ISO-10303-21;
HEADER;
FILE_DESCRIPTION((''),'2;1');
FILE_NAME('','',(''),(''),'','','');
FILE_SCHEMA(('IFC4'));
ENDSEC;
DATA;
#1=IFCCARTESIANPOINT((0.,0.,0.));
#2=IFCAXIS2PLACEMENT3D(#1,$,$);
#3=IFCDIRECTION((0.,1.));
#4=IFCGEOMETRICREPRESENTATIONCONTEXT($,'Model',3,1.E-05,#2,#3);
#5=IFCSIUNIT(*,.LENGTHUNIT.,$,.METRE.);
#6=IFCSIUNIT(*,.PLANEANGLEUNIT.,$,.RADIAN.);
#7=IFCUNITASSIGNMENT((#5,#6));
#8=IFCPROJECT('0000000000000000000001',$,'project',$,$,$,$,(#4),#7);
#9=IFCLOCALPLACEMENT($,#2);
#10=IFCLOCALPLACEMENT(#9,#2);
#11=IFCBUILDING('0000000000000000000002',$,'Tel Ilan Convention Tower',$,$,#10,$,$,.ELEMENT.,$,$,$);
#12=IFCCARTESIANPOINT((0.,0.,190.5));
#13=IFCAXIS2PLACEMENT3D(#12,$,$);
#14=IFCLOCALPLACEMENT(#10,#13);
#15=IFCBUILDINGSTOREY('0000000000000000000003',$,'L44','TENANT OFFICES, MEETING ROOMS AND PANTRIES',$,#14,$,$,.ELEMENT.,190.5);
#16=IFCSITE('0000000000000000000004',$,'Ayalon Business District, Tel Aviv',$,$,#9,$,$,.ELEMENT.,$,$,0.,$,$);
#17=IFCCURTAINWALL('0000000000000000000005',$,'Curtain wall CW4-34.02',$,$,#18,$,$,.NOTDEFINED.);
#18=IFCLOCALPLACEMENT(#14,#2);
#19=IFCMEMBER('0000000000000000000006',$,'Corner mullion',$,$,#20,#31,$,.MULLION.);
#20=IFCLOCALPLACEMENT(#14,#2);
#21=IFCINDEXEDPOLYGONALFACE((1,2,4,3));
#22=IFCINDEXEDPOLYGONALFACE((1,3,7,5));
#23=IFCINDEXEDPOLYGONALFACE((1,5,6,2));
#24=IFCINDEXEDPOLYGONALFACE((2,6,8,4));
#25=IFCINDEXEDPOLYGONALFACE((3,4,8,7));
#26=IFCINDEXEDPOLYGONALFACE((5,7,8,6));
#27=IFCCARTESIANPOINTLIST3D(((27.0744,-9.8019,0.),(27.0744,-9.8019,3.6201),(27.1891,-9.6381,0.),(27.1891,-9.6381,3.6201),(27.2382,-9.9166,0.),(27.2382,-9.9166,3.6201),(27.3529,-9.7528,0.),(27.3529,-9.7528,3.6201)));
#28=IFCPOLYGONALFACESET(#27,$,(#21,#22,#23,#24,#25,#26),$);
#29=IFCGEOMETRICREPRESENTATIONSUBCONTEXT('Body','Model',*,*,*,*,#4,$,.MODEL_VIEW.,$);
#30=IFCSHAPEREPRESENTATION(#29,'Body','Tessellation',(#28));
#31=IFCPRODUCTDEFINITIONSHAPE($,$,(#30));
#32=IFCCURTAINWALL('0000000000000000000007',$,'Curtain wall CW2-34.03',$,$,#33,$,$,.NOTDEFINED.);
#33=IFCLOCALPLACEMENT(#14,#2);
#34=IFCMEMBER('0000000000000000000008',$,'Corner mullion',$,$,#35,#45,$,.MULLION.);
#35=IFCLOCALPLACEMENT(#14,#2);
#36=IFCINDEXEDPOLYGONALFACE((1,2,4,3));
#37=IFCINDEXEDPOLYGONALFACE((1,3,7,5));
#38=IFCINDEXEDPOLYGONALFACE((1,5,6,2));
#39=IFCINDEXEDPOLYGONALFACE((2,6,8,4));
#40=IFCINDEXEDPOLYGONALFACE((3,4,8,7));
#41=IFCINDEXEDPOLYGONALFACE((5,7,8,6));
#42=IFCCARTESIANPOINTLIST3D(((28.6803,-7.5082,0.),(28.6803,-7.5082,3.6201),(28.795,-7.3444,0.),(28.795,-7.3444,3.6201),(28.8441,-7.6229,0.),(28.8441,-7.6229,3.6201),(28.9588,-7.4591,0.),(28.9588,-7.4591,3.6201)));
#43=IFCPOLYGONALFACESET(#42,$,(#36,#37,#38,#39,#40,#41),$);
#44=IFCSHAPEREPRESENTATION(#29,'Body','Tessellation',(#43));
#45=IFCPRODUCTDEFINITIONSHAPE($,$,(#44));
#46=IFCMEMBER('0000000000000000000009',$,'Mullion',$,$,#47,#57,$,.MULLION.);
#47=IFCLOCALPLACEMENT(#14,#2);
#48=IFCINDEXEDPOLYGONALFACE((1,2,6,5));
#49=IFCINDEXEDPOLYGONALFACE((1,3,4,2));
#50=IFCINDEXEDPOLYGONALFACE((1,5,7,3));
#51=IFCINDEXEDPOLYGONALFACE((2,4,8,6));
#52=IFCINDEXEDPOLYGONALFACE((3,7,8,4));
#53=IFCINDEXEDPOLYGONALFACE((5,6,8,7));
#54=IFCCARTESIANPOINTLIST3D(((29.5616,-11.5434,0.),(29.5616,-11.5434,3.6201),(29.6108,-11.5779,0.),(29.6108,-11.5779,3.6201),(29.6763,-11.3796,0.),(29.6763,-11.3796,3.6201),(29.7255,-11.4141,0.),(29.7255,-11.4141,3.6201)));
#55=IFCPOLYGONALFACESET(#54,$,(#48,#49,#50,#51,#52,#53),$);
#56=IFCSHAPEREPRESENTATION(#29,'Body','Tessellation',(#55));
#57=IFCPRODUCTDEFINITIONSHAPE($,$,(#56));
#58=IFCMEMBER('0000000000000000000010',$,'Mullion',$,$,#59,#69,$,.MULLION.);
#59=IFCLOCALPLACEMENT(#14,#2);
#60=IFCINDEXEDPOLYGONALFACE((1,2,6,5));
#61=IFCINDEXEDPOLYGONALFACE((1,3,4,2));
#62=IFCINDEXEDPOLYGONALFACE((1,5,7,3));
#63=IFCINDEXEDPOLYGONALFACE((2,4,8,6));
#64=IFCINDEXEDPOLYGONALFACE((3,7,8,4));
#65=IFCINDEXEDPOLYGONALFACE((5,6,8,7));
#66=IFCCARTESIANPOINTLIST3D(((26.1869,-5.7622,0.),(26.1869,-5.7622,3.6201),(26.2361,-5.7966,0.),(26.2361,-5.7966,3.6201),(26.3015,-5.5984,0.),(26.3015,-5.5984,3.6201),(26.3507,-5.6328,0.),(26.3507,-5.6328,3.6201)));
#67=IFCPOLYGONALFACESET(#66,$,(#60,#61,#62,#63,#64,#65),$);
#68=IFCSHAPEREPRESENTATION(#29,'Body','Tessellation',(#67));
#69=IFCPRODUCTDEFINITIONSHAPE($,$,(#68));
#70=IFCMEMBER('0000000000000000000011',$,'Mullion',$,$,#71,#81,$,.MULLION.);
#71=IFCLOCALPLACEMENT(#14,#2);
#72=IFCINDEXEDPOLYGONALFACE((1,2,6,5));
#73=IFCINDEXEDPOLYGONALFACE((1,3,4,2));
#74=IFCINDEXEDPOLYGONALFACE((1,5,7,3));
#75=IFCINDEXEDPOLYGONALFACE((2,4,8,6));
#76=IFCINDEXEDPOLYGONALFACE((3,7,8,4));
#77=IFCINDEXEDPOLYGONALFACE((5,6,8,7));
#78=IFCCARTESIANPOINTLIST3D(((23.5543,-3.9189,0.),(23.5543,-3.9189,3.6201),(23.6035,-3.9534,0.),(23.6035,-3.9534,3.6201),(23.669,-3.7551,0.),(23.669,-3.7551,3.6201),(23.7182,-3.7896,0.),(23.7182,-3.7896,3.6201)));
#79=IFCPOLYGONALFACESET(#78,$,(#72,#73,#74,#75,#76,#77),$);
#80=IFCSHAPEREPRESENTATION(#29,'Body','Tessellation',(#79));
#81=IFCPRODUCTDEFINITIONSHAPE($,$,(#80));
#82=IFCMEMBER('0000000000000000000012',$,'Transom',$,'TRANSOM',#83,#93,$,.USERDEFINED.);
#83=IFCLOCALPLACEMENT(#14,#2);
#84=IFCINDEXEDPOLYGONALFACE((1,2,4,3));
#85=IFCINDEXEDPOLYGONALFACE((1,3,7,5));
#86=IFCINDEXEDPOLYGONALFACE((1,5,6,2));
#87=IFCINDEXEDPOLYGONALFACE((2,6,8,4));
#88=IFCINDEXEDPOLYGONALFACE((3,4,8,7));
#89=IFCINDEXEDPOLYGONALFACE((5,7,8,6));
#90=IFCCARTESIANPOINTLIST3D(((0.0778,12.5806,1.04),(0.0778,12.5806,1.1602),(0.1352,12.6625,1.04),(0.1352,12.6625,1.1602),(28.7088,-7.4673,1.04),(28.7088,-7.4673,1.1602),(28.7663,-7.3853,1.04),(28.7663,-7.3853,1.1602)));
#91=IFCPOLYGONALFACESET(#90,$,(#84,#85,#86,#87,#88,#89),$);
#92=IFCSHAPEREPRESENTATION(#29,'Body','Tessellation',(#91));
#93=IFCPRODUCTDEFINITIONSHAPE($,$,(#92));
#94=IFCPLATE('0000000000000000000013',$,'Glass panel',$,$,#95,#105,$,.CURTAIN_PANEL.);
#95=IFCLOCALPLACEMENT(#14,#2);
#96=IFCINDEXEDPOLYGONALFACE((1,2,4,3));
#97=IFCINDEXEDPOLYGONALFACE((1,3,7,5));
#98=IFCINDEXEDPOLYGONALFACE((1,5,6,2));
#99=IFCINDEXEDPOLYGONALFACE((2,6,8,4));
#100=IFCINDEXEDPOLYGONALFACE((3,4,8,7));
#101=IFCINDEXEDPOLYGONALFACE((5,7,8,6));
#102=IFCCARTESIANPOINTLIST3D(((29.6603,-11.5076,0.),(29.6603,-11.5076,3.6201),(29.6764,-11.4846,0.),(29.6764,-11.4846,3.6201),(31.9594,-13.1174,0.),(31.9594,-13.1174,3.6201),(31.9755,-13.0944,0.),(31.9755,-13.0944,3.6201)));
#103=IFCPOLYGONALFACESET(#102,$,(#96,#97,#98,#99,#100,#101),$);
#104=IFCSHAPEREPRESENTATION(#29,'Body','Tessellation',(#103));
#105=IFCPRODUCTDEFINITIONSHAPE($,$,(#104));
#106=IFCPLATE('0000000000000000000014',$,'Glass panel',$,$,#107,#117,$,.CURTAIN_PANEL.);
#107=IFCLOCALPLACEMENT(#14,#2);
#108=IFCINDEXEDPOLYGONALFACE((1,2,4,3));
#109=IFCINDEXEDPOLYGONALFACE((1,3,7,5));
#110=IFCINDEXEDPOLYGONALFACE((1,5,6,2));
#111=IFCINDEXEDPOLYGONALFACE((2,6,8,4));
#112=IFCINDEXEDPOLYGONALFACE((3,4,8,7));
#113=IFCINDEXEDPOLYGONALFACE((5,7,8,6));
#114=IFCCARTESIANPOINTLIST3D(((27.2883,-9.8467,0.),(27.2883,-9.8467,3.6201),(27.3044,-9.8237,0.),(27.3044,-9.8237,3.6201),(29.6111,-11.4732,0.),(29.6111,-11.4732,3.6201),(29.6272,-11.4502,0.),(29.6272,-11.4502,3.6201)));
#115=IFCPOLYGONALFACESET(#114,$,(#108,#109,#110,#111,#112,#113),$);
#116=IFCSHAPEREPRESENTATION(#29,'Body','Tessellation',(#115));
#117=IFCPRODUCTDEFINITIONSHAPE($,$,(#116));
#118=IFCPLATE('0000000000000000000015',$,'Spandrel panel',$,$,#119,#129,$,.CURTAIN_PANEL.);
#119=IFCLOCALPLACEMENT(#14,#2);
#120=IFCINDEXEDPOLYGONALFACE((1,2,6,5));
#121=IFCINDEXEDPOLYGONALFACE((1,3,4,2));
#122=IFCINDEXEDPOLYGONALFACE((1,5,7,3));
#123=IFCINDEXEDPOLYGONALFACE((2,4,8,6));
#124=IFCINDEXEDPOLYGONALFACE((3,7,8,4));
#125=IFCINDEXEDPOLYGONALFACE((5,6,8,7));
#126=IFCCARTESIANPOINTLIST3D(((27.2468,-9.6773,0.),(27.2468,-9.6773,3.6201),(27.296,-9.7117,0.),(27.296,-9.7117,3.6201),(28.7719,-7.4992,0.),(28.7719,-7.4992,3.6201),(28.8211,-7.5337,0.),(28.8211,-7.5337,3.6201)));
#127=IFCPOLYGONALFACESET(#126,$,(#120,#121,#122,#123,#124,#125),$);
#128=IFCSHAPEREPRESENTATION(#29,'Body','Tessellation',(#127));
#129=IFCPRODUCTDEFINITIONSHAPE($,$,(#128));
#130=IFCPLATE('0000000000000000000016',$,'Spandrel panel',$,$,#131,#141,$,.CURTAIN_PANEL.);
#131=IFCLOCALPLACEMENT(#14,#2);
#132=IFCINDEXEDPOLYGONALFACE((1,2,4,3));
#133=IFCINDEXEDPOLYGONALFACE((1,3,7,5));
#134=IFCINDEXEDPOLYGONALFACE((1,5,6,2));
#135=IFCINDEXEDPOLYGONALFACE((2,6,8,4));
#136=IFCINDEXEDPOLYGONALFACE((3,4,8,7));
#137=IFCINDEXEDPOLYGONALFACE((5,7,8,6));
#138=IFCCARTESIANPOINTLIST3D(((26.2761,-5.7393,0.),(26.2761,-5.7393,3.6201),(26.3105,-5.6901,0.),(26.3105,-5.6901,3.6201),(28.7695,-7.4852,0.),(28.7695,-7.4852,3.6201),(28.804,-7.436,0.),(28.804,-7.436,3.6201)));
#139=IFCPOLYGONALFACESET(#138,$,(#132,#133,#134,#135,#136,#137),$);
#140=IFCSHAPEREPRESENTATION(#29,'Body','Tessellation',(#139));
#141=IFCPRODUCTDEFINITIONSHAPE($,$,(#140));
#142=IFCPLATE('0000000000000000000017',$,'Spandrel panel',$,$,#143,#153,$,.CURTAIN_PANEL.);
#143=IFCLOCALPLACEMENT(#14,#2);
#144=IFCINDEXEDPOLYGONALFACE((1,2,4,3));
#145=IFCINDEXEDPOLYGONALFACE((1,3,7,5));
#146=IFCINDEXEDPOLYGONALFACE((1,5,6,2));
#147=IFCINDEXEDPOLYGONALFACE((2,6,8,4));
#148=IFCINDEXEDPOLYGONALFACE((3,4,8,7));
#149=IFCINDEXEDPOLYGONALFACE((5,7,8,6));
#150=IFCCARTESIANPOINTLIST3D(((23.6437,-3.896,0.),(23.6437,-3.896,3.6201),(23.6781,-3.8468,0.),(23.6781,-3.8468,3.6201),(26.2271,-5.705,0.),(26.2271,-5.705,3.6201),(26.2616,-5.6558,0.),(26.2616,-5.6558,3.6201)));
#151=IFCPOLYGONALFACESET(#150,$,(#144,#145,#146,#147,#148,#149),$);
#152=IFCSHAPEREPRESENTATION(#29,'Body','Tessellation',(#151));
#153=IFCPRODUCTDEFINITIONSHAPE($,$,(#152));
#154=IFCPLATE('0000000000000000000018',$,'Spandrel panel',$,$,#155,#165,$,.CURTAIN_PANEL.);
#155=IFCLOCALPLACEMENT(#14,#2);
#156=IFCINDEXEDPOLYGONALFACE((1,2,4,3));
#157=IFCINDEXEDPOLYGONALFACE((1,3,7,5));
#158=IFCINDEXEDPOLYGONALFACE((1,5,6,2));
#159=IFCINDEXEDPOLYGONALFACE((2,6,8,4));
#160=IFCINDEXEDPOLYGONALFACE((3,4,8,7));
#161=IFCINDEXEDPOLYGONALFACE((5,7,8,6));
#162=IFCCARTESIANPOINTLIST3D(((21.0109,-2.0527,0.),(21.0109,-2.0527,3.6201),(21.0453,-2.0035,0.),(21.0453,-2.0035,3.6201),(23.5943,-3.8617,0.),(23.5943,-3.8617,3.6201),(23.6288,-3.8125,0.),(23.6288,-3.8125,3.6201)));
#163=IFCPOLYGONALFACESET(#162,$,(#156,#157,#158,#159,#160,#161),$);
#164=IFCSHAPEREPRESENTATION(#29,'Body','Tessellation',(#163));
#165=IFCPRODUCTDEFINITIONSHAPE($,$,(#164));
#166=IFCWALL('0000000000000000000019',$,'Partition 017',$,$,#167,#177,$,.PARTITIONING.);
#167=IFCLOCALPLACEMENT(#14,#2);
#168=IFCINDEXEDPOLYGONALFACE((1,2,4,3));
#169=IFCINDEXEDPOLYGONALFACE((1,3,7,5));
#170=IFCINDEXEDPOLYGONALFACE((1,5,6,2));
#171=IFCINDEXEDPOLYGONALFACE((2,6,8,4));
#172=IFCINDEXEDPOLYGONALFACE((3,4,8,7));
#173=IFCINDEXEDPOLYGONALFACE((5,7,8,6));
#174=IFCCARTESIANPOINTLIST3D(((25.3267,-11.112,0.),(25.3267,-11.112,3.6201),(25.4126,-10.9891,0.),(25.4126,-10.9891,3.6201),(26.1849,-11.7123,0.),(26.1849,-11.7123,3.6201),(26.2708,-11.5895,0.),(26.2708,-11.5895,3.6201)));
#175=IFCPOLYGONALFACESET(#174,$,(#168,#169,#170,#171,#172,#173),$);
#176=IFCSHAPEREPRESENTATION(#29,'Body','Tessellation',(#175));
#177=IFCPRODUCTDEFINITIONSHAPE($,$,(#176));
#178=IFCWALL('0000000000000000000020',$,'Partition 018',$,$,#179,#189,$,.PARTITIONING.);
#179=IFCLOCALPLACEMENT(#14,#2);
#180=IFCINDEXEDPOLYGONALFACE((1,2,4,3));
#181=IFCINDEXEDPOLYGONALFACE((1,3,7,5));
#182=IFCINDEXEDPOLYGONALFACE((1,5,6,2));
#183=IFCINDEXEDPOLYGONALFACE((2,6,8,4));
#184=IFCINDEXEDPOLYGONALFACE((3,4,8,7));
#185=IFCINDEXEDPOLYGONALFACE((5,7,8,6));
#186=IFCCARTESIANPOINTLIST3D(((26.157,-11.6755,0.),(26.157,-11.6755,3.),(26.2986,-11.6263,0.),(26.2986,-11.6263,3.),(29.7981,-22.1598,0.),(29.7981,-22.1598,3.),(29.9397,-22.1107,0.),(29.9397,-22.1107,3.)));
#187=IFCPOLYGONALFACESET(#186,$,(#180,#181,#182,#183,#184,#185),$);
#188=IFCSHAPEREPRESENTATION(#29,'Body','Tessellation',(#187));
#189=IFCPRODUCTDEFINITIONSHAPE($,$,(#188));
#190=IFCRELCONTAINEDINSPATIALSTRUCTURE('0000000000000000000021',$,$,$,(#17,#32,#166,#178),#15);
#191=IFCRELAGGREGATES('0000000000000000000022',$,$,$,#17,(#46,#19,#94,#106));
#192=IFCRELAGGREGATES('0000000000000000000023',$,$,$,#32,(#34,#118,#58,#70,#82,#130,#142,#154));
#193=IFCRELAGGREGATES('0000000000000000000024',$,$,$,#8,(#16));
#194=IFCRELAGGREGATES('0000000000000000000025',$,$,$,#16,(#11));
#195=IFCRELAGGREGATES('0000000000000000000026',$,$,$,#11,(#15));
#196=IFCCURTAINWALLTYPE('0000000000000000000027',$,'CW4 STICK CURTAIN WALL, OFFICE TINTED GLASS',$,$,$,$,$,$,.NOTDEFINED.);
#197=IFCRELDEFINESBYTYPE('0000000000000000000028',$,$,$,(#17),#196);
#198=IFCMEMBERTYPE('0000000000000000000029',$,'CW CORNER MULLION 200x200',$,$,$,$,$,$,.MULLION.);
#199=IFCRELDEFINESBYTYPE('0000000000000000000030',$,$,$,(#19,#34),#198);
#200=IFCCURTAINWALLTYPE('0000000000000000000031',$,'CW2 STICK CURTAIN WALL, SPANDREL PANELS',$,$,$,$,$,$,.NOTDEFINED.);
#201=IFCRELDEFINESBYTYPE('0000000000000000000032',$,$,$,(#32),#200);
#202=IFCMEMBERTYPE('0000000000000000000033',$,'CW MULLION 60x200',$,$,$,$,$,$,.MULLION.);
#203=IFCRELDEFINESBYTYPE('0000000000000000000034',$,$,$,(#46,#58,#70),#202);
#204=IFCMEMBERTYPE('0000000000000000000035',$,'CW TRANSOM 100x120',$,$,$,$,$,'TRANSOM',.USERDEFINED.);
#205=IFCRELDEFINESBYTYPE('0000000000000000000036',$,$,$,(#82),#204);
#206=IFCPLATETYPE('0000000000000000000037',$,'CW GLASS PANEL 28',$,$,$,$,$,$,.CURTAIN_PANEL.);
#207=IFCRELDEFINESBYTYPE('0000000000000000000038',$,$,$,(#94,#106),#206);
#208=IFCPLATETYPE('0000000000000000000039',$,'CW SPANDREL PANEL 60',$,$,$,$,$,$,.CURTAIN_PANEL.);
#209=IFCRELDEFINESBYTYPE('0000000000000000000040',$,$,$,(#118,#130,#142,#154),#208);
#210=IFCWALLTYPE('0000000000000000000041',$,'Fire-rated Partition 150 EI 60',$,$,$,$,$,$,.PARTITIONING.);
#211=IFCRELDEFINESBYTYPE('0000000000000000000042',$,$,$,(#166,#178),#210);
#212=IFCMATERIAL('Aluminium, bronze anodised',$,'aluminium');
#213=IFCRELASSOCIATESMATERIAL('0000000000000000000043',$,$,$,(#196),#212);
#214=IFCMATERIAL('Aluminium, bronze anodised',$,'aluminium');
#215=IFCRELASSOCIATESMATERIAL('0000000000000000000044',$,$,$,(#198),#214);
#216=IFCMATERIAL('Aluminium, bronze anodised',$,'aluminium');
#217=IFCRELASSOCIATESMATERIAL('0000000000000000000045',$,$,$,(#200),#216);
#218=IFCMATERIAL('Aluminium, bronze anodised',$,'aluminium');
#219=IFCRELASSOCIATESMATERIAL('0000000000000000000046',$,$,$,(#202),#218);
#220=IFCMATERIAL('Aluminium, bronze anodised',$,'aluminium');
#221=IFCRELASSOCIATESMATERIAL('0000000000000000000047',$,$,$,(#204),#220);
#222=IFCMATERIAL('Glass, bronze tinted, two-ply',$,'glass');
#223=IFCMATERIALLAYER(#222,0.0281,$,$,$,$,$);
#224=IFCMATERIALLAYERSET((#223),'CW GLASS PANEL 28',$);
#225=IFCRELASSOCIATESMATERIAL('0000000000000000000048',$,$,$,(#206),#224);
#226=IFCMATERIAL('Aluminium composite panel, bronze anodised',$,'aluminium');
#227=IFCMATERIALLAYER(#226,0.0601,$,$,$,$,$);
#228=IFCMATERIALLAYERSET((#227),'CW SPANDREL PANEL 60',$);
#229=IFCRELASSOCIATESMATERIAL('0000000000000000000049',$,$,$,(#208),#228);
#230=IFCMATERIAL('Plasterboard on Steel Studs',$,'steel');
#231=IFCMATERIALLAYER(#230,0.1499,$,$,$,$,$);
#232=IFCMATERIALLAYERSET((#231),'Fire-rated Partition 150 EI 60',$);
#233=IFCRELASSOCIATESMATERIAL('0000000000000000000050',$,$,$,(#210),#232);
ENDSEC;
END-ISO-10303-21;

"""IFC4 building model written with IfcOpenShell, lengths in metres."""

from ifc_helpers import new_model, si_unit, direction, frame, frame_2d, origin, origin_2d, place, context, subcontext, project, spatial, rectangle, extrude, material, layer, layer_set, material_profile, profile_set, type_object, element, aggregate, save


model = new_model("IFC4")

# Units and contexts
model_context = context("Model", 3, precision=1e-05, world=origin(), true_north=direction((0.0, 1.0)))
body_context = subcontext(model_context, "Body", "Model", "MODEL_VIEW")
ifc_project = project(units=[si_unit("LENGTHUNIT", "METRE"), si_unit("PLANEANGLEUNIT", "RADIAN")], contexts=[model_context])

# Site, building, storey
site_placement = place(None, origin())
site = spatial("IfcSite", under=ifc_project, at=site_placement, Name="Ayalon Business District, Tel Aviv", CompositionType="ELEMENT", RefElevation=0.0)
building_placement = place(site_placement, origin())
building = spatial("IfcBuilding", under=site, at=building_placement, Name="Tel Ilan Convention Tower", CompositionType="ELEMENT")
storey_placement = place(building_placement, frame((0.0, 0.0, 190.5)))
storey = spatial("IfcBuildingStorey", under=building, at=storey_placement, Name="L44", Description="TENANT OFFICES, MEETING ROOMS AND PANTRIES", CompositionType="ELEMENT", Elevation=190.5)

# Curtain walls, members
ifc_material_1 = material(Name="Aluminium, bronze anodised", Category="aluminium")
curtain_wall_type_1 = type_object("IfcCurtainWallType", Name="CW4 STICK CURTAIN WALL, OFFICE TINTED GLASS", PredefinedType="NOTDEFINED", material=ifc_material_1)
curtain_wall_1_placement = place(storey_placement, origin())
curtain_wall_1 = element("IfcCurtainWall", 1, at=curtain_wall_1_placement, inside=storey, type_object=curtain_wall_type_1, Name="Curtain wall CW4-34.02", PredefinedType="NOTDEFINED")
ifc_material_2 = material(Name="Aluminium, bronze anodised", Category="aluminium")
ifc_material_profile_1 = material_profile(ifc_material_2, rectangle(XDim=0.2, YDim=0.2, at=origin_2d()), Name="CW CORNER MULLION 200x200")
ifc_profile_set_1 = profile_set([ifc_material_profile_1], Name="Aluminium, bronze anodised")
member_type_1 = type_object("IfcMemberType", Name="CW CORNER MULLION 200x200", PredefinedType="MULLION", material=ifc_profile_set_1)
member_1_placement = place(storey_placement, frame((27.2136, -9.7773, 0.0), z_axis=(0.0, 0.0, 1.0), x_axis=(-0.819152, 0.573576, 0.0)))
member_1 = element("IfcMember", 2, at=member_1_placement, type_object=member_type_1, Name="Corner mullion", PredefinedType="MULLION", context=body_context, shape_type="SweptSolid", body=[
    extrude(rectangle(XDim=0.2, YDim=0.2, at=origin_2d()), origin(), (0.0, 0.0, 1.0), 3.6201),
])
ifc_material_3 = material(Name="Aluminium, bronze anodised", Category="aluminium")
curtain_wall_type_2 = type_object("IfcCurtainWallType", Name="CW2 STICK CURTAIN WALL, SPANDREL PANELS", PredefinedType="NOTDEFINED", material=ifc_material_3)
curtain_wall_2_placement = place(storey_placement, origin())
curtain_wall_2 = element("IfcCurtainWall", 3, at=curtain_wall_2_placement, inside=storey, type_object=curtain_wall_type_2, Name="Curtain wall CW2-34.03", PredefinedType="NOTDEFINED")
member_2_placement = place(storey_placement, frame((28.8196, -7.4836, 0.0), z_axis=(0.0, 0.0, 1.0), x_axis=(0.573576, 0.819152, 0.0)))
member_2 = element("IfcMember", 4, at=member_2_placement, type_object=member_type_1, Name="Corner mullion", PredefinedType="MULLION", context=body_context, shape_type="SweptSolid", body=[
    extrude(rectangle(XDim=0.2, YDim=0.2, at=origin_2d()), origin(), (0.0, 0.0, 1.0), 3.6201),
])

# Members
ifc_material_4 = material(Name="Aluminium, bronze anodised", Category="aluminium")
ifc_material_profile_2 = material_profile(ifc_material_4, rectangle(XDim=0.0601, YDim=0.2, at=origin_2d()), Name="CW MULLION 60x200")
ifc_profile_set_2 = profile_set([ifc_material_profile_2], Name="Aluminium, bronze anodised")
member_type_2 = type_object("IfcMemberType", Name="CW MULLION 60x200", PredefinedType="MULLION", material=ifc_profile_set_2)
member_3_placement = place(storey_placement, frame((29.6436, -11.4788, 0.0), z_axis=(0.0, 0.0, 1.0), x_axis=(-0.819152, 0.573576, 0.0)))
member_3 = element("IfcMember", 5, at=member_3_placement, type_object=member_type_2, Name="Mullion", PredefinedType="MULLION", context=body_context, shape_type="SweptSolid", body=[
    extrude(rectangle(XDim=0.0601, YDim=0.2, at=origin_2d()), origin(), (0.0, 0.0, 1.0), 3.6201),
])
member_4_placement = place(storey_placement, frame((26.2688, -5.6975, 0.0), z_axis=(0.0, 0.0, 1.0), x_axis=(-0.819152, 0.573576, 0.0)))
member_4 = element("IfcMember", 6, at=member_4_placement, type_object=member_type_2, Name="Mullion", PredefinedType="MULLION", context=body_context, shape_type="SweptSolid", body=[
    extrude(rectangle(XDim=0.0601, YDim=0.2, at=origin_2d()), origin(), (0.0, 0.0, 1.0), 3.6201),
])
member_5_placement = place(storey_placement, frame((23.6362, -3.8542, 0.0), z_axis=(0.0, 0.0, 1.0), x_axis=(-0.819152, 0.573576, 0.0)))
member_5 = element("IfcMember", 7, at=member_5_placement, type_object=member_type_2, Name="Mullion", PredefinedType="MULLION", context=body_context, shape_type="SweptSolid", body=[
    extrude(rectangle(XDim=0.0601, YDim=0.2, at=origin_2d()), origin(), (0.0, 0.0, 1.0), 3.6201),
])
ifc_material_5 = material(Name="Aluminium, bronze anodised", Category="aluminium")
ifc_material_profile_3 = material_profile(ifc_material_5, rectangle(XDim=0.1001, YDim=0.1201, at=origin_2d()), Name="CW TRANSOM 100x120")
ifc_profile_set_3 = profile_set([ifc_material_profile_3], Name="Aluminium, bronze anodised")
member_type_3 = type_object("IfcMemberType", Name="CW TRANSOM 100x120", ElementType="TRANSOM", PredefinedType="USERDEFINED", material=ifc_profile_set_3)
member_6_placement = place(storey_placement, frame((28.7375, -7.4263, 1.1001), z_axis=(-0.81915, 0.573579, 0.0), x_axis=(-0.573579, -0.81915, 0.0)))
member_6 = element("IfcMember", 8, at=member_6_placement, type_object=member_type_3, Name="Transom", ObjectType="TRANSOM", PredefinedType="USERDEFINED", context=body_context, shape_type="SweptSolid", body=[
    extrude(rectangle(XDim=0.1001, YDim=0.1201, at=origin_2d()), origin(), (0.0, 0.0, 1.0), 34.9521),
])

# Plates
ifc_material_6 = material(Name="Glass, bronze tinted, two-ply", Category="glass")
ifc_layer_1 = layer(ifc_material_6, 0.0281)
ifc_layer_set_1 = layer_set([ifc_layer_1], Name="CW GLASS PANEL 28")
plate_type_1 = type_object("IfcPlateType", Name="CW GLASS PANEL 28", PredefinedType="CURTAIN_PANEL", material=ifc_layer_set_1)
plate_1_placement = place(storey_placement, frame((30.8179, -12.301, 0.0), z_axis=(0.0, 0.0, 1.0), x_axis=(-0.819152, 0.573576, 0.0)))
plate_1 = element("IfcPlate", 9, at=plate_1_placement, type_object=plate_type_1, Name="Glass panel", PredefinedType="CURTAIN_PANEL", context=body_context, shape_type="SweptSolid", body=[
    extrude(rectangle(XDim=2.8066, YDim=0.0281, at=origin_2d()), origin(), (0.0, 0.0, 1.0), 3.6201),
])
plate_2_placement = place(storey_placement, frame((28.4578, -10.6484, 0.0), z_axis=(0.0, 0.0, 1.0), x_axis=(-0.819152, 0.573576, 0.0)))
plate_2 = element("IfcPlate", 10, at=plate_2_placement, type_object=plate_type_1, Name="Glass panel", PredefinedType="CURTAIN_PANEL", context=body_context, shape_type="SweptSolid", body=[
    extrude(rectangle(XDim=2.8357, YDim=0.0281, at=origin_2d()), origin(), (0.0, 0.0, 1.0), 3.6201),
])
aggregate(curtain_wall_1, [member_3, member_1, plate_1, plate_2])
ifc_material_7 = material(Name="Aluminium composite panel, bronze anodised", Category="aluminium")
ifc_layer_2 = layer(ifc_material_7, 0.0601)
ifc_layer_set_2 = layer_set([ifc_layer_2], Name="CW SPANDREL PANEL 60")
plate_type_2 = type_object("IfcPlateType", Name="CW SPANDREL PANEL 60", PredefinedType="CURTAIN_PANEL", material=ifc_layer_set_2)
plate_3_placement = place(storey_placement, frame((28.0339, -8.6055, 0.0), z_axis=(0.0, 0.0, 1.0), x_axis=(0.573576, 0.819152, 0.0)))
plate_3 = element("IfcPlate", 11, at=plate_3_placement, type_object=plate_type_2, Name="Spandrel panel", PredefinedType="CURTAIN_PANEL", context=body_context, shape_type="SweptSolid", body=[
    extrude(rectangle(XDim=2.6589, YDim=0.0601, at=origin_2d()), origin(), (0.0, 0.0, 1.0), 3.6201),
])
plate_4_placement = place(storey_placement, frame((27.54, -6.5876, 0.0), z_axis=(0.0, 0.0, 1.0), x_axis=(-0.819152, 0.573576, 0.0)))
plate_4 = element("IfcPlate", 12, at=plate_4_placement, type_object=plate_type_2, Name="Spandrel panel", PredefinedType="CURTAIN_PANEL", context=body_context, shape_type="SweptSolid", body=[
    extrude(rectangle(XDim=3.0439, YDim=0.0601, at=origin_2d()), origin(), (0.0, 0.0, 1.0), 3.6201),
])
plate_5_placement = place(storey_placement, frame((24.9526, -4.7759, 0.0), z_axis=(0.0, 0.0, 1.0), x_axis=(-0.819152, 0.573576, 0.0)))
plate_5 = element("IfcPlate", 13, at=plate_5_placement, type_object=plate_type_2, Name="Spandrel panel", PredefinedType="CURTAIN_PANEL", context=body_context, shape_type="SweptSolid", body=[
    extrude(rectangle(XDim=3.1538, YDim=0.0601, at=origin_2d()), origin(), (0.0, 0.0, 1.0), 3.6201),
])
plate_6_placement = place(storey_placement, frame((22.3198, -2.9326, 0.0), z_axis=(0.0, 0.0, 1.0), x_axis=(-0.819152, 0.573576, 0.0)))
plate_6 = element("IfcPlate", 14, at=plate_6_placement, type_object=plate_type_2, Name="Spandrel panel", PredefinedType="CURTAIN_PANEL", context=body_context, shape_type="SweptSolid", body=[
    extrude(rectangle(XDim=3.1538, YDim=0.0601, at=origin_2d()), origin(), (0.0, 0.0, 1.0), 3.6201),
])
aggregate(curtain_wall_2, [member_2, plate_3, member_4, member_5, member_6, plate_4, plate_5, plate_6])

# Walls
ifc_material_8 = material(Name="Plasterboard on Steel Studs", Category="steel")
ifc_layer_3 = layer(ifc_material_8, 0.1499)
ifc_layer_set_3 = layer_set([ifc_layer_3], Name="Fire-rated Partition 150 EI 60")
wall_type_1 = type_object("IfcWallType", Name="Fire-rated Partition 150 EI 60", PredefinedType="PARTITIONING", material=ifc_layer_set_3)
wall_1_placement = place(storey_placement, frame((25.3696, -11.0505, 0.0), z_axis=(0.0, 0.0, 1.0), x_axis=(0.819396, -0.573228, 0.0)))
element("IfcWall", 15, at=wall_1_placement, inside=storey, type_object=wall_type_1, Name="Partition 017", PredefinedType="PARTITIONING", context=body_context, shape_type="SweptSolid", body=[
    extrude(rectangle(XDim=1.0474, YDim=0.1499, at=frame_2d((0.5237, 0.0))), origin(), (0.0, 0.0, 1.0), 3.6201),
])
wall_2_placement = place(storey_placement, frame((26.2278, -11.6509, 0.0), z_axis=(0.0, 0.0, 1.0), x_axis=(0.328068, -0.944654, 0.0)))
element("IfcWall", 16, at=wall_2_placement, inside=storey, type_object=wall_type_1, Name="Partition 018", PredefinedType="PARTITIONING", context=body_context, shape_type="SweptSolid", body=[
    extrude(rectangle(XDim=11.0986, YDim=0.1499, at=frame_2d((5.5493, 0.0))), origin(), (0.0, 0.0, 1.0), 3.0),
])

save(model, "model.ifc")
